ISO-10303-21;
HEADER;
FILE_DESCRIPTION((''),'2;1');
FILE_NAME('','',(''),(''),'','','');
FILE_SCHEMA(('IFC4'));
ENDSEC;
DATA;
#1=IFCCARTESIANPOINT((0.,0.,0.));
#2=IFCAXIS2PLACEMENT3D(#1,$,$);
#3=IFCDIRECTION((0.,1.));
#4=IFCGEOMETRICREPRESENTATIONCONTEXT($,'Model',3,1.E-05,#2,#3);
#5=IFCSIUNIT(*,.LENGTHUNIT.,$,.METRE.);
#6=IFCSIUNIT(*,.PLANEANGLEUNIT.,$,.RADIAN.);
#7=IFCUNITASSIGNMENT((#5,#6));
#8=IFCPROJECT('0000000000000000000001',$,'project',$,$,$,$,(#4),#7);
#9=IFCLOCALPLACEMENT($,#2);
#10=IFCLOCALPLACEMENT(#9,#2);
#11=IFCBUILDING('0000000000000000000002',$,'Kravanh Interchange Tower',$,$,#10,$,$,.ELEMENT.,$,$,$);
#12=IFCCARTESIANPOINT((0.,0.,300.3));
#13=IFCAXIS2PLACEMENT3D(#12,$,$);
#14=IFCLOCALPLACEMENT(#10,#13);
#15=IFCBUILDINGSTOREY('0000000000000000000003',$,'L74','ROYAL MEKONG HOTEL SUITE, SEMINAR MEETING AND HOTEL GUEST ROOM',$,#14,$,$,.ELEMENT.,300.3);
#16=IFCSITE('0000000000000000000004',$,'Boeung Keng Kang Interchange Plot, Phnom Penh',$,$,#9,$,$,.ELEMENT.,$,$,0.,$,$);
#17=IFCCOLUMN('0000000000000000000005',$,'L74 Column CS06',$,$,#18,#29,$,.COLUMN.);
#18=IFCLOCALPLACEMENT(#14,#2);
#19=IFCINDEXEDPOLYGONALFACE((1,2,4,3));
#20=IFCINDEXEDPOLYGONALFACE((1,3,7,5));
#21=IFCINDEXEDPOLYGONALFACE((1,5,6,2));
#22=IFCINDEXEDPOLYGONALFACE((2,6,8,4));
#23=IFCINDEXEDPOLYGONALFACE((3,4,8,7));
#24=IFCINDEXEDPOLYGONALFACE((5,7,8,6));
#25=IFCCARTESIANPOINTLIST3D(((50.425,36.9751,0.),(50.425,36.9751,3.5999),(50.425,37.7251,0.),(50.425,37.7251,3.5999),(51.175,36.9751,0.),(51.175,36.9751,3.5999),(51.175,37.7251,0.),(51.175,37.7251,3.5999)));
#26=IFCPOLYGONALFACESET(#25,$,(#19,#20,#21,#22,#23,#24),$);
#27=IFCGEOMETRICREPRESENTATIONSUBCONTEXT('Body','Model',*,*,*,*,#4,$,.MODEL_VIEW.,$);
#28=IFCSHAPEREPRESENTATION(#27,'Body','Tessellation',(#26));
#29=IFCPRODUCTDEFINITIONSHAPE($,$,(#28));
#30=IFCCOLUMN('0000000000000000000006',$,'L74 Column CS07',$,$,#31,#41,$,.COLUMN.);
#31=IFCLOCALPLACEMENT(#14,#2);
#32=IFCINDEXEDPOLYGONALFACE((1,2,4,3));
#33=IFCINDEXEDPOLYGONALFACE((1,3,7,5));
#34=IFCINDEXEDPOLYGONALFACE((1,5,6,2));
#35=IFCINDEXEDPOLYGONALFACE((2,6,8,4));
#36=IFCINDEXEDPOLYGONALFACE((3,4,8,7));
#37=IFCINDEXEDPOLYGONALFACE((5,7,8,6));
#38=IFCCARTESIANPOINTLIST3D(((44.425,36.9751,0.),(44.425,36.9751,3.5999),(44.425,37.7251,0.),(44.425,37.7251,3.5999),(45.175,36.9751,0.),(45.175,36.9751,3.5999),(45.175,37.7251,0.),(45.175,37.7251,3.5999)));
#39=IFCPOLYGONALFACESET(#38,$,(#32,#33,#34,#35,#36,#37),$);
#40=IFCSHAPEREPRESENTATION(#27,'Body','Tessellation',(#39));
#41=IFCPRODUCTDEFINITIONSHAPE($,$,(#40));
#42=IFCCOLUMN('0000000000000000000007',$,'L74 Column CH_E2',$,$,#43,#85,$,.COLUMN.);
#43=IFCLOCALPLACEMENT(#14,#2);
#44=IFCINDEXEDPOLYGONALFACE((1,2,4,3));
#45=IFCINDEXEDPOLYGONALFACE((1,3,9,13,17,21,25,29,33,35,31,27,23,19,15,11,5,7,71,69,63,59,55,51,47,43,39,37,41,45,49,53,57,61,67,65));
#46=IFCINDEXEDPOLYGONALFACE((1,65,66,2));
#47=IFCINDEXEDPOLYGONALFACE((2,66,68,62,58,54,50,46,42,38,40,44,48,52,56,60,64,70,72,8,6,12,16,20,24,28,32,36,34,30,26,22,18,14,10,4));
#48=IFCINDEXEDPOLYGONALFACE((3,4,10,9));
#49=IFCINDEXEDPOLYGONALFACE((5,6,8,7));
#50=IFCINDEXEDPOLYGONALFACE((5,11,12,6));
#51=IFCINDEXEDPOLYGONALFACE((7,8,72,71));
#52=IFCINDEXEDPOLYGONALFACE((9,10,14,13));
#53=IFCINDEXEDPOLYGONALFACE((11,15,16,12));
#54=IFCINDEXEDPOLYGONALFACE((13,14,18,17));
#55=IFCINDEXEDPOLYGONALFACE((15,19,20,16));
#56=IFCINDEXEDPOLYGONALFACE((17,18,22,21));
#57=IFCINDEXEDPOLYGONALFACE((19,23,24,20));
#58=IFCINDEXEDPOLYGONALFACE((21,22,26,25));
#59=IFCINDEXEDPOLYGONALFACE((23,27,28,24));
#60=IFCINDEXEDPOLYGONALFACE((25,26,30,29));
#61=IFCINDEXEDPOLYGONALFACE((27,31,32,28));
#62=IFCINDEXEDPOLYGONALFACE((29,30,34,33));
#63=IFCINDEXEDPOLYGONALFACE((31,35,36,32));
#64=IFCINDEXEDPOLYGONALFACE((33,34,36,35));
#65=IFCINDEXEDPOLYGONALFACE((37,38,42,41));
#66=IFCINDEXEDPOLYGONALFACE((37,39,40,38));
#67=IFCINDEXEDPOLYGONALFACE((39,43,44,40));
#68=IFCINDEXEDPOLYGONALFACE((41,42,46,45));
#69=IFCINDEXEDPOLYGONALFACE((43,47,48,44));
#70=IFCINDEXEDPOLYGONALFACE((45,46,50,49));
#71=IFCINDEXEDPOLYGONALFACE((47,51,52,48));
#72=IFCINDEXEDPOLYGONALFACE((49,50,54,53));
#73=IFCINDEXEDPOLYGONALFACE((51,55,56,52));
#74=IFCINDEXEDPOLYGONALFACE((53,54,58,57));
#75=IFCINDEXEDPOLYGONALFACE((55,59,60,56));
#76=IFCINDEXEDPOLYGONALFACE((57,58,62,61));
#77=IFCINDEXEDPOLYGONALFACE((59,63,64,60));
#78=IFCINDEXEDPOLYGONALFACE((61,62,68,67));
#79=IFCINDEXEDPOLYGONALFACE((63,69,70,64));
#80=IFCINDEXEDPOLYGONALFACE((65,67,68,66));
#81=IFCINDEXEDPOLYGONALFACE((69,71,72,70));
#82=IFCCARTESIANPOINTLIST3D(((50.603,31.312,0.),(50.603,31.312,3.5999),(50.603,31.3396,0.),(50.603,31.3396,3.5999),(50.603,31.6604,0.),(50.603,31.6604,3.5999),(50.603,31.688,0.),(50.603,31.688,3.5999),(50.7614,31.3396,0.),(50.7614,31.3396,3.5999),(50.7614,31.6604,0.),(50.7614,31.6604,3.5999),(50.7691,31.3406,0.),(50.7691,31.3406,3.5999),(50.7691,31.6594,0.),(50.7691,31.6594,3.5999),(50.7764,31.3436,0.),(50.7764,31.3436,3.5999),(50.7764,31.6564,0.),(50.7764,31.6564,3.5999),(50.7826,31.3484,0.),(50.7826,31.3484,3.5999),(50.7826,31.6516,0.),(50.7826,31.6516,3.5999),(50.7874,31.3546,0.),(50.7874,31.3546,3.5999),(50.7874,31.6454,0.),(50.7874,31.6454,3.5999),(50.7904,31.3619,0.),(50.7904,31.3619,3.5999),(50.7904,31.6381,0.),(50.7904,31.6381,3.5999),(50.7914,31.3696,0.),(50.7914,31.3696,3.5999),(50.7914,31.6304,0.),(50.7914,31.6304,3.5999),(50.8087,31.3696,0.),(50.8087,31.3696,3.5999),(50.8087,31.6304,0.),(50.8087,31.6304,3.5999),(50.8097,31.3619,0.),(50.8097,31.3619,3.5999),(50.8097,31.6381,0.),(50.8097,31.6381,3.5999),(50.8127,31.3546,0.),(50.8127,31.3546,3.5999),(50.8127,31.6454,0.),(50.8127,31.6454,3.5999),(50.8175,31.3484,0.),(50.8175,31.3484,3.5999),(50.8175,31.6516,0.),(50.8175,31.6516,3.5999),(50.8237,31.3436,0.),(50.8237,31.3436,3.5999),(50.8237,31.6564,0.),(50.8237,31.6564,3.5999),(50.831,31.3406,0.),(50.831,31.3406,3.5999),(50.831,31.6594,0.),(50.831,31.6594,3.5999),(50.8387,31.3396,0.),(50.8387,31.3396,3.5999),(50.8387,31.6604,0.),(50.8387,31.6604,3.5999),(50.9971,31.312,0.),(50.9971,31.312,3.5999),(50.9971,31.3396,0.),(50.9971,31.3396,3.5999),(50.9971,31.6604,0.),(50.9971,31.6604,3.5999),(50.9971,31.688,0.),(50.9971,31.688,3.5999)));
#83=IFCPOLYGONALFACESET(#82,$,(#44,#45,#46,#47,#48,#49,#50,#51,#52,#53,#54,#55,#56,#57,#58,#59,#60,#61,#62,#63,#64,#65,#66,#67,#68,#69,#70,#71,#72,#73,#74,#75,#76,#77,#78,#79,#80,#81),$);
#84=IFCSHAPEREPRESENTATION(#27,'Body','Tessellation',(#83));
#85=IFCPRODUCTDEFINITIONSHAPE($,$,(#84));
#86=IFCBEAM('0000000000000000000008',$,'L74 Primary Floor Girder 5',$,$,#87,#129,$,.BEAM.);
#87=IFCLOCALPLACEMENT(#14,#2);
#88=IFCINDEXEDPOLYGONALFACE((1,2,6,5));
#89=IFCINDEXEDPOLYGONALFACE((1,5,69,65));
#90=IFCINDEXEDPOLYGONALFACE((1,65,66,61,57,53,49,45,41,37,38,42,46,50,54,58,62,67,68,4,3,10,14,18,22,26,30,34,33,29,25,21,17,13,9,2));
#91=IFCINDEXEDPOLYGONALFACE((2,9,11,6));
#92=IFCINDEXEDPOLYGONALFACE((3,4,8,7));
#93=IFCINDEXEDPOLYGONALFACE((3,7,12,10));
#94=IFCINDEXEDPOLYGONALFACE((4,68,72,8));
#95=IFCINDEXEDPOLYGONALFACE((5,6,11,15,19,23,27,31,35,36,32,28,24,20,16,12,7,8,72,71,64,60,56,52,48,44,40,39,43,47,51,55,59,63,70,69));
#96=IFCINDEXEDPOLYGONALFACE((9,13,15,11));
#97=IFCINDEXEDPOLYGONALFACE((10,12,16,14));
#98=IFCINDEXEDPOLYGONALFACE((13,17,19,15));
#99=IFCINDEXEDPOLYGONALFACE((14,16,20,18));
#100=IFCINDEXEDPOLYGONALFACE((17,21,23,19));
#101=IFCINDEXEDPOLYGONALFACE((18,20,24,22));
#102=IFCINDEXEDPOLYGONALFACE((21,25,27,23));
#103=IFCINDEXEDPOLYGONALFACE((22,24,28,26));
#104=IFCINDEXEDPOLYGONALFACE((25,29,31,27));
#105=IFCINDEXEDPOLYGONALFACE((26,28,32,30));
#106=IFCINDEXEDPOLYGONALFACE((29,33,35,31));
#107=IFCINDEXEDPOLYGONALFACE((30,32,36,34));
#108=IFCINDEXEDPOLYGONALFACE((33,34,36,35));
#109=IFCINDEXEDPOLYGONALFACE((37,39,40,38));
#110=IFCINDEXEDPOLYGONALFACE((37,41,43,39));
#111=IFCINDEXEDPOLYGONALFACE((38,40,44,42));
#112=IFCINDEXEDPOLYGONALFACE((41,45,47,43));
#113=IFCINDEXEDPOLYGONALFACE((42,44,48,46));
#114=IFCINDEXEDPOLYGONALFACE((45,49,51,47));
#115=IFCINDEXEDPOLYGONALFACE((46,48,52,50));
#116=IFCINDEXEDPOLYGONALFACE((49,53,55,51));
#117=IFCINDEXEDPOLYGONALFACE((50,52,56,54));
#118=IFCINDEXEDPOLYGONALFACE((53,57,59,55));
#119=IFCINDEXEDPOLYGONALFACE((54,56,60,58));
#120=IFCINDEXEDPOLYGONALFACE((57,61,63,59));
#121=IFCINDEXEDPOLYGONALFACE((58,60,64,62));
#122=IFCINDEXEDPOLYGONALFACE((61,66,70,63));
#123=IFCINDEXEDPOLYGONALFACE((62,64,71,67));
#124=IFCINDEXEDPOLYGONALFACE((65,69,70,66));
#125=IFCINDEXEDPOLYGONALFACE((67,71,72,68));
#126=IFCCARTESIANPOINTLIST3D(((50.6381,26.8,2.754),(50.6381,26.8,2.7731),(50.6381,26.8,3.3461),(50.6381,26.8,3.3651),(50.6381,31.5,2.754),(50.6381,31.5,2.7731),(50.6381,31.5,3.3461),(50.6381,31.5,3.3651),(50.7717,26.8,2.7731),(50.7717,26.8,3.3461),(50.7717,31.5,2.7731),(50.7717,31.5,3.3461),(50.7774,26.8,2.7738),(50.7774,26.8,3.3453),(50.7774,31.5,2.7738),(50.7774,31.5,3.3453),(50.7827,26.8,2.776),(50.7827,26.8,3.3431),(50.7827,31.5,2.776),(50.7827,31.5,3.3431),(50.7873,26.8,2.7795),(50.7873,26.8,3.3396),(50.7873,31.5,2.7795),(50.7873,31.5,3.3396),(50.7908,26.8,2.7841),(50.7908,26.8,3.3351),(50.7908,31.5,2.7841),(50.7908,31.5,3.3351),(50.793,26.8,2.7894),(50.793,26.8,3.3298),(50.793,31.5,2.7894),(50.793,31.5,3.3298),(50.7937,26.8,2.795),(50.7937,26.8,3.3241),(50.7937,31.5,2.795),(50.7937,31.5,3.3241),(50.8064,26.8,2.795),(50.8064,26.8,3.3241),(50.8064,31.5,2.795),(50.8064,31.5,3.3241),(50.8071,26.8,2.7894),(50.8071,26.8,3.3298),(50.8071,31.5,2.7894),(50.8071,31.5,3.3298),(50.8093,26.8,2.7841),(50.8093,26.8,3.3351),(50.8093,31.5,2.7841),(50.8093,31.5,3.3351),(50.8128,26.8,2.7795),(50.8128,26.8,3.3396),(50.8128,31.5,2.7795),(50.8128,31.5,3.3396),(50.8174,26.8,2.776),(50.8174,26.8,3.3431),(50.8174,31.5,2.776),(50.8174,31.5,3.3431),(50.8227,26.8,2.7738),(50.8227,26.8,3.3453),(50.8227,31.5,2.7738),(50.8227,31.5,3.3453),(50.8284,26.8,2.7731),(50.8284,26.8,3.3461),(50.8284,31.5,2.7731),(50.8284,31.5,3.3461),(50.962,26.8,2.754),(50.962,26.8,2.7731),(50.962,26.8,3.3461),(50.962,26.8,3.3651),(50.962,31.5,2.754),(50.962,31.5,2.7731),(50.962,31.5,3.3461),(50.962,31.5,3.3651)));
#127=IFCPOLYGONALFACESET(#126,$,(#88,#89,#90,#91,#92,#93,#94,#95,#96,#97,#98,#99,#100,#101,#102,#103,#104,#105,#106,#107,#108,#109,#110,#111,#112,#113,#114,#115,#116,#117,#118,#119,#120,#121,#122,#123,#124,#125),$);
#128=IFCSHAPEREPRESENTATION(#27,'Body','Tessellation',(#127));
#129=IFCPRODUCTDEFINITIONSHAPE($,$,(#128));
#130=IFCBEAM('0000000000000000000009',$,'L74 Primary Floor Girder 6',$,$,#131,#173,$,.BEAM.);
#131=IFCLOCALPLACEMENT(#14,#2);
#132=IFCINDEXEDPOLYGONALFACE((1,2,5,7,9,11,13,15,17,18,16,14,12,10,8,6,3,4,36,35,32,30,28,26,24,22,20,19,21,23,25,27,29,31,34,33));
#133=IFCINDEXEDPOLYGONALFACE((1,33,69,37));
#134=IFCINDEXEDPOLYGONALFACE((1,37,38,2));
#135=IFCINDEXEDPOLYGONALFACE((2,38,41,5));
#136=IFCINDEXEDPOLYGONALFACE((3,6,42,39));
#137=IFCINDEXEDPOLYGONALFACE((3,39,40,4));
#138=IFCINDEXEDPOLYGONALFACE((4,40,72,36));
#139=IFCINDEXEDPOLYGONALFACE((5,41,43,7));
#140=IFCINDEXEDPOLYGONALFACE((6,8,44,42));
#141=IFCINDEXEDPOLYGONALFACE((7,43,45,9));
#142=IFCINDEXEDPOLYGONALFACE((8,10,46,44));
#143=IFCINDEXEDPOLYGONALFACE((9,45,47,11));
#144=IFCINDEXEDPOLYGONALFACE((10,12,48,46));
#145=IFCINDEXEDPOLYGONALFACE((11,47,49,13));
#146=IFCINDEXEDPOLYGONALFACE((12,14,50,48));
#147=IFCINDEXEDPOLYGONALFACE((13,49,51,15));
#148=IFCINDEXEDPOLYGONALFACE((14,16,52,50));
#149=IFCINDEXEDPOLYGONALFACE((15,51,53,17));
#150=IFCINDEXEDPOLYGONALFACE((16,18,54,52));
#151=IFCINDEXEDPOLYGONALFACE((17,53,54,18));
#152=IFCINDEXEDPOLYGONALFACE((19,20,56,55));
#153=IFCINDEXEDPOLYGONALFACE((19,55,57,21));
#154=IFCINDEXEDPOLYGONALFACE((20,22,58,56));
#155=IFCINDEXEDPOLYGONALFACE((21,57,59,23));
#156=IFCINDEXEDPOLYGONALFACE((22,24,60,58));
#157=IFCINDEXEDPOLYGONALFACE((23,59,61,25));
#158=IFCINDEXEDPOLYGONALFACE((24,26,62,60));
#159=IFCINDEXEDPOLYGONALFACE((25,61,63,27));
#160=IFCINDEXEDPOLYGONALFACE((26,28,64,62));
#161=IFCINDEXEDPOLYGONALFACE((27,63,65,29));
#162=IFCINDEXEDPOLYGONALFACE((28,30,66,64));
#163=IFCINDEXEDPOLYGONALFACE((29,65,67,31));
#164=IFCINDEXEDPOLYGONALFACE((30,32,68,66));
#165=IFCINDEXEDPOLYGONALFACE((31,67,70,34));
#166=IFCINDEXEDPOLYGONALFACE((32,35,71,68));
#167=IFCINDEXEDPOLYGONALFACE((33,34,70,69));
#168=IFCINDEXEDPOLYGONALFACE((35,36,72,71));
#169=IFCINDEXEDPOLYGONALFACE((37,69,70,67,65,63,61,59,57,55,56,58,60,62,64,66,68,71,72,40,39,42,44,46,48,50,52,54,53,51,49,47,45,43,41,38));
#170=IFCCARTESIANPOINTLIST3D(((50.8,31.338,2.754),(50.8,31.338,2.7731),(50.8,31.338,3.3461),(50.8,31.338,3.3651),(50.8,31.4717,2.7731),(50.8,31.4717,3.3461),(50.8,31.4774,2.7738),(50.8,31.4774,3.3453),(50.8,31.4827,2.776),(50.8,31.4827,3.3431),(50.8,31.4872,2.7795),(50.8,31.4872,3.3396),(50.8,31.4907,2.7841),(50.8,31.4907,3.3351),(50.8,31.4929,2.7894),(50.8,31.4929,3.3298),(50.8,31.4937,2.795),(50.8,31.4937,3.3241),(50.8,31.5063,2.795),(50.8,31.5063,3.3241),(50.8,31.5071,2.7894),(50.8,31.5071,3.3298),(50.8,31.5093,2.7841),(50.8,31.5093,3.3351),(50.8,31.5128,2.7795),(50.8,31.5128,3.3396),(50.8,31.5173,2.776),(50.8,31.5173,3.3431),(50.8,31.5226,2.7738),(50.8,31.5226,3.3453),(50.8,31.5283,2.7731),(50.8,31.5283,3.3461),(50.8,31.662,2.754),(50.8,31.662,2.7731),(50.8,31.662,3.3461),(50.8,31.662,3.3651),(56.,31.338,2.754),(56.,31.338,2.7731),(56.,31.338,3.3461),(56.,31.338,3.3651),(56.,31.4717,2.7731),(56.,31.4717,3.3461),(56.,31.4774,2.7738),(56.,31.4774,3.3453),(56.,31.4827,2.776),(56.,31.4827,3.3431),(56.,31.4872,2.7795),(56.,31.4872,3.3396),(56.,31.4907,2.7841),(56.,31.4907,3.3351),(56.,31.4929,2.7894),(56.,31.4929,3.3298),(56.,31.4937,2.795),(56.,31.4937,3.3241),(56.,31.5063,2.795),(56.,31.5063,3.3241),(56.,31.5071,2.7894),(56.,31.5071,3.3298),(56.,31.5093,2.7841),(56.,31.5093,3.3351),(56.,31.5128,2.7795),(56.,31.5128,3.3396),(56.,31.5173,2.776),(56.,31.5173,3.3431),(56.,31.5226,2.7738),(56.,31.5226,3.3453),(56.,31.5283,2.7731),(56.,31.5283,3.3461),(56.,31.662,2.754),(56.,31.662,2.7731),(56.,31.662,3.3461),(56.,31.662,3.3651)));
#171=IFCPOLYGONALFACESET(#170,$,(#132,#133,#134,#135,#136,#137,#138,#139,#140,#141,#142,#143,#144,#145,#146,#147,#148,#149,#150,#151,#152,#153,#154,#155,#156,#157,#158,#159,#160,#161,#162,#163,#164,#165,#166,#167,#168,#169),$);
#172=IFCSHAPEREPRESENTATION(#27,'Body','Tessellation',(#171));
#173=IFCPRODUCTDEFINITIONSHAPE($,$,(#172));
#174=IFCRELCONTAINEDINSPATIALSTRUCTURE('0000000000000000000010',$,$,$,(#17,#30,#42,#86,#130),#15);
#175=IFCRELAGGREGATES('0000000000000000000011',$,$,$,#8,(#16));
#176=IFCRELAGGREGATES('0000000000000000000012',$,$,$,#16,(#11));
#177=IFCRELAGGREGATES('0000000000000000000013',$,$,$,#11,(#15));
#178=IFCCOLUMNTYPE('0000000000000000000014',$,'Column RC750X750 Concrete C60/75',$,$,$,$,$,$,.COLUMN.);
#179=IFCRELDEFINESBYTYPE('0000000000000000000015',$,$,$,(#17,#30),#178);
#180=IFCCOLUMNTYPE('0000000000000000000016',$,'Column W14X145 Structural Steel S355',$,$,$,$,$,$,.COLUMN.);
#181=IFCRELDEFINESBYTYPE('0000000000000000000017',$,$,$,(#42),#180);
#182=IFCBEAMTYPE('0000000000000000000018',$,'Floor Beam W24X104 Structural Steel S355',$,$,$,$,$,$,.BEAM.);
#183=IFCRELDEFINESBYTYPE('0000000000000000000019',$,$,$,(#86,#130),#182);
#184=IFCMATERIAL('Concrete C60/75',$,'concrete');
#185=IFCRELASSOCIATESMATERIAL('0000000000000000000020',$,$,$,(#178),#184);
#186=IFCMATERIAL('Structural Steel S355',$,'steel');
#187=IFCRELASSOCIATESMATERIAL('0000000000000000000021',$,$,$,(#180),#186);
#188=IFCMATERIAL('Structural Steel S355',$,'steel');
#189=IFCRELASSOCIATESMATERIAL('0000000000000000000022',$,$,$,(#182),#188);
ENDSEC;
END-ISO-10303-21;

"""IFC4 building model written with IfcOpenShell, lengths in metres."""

from ifc_helpers import new_model, si_unit, direction, frame, origin, origin_2d, place, context, subcontext, project, spatial, rectangle, i_section, extrude, material, material_profile, profile_set, type_object, element, save


model = new_model("IFC4")

# Units and contexts
model_context = context("Model", 3, precision=1e-05, world=origin(), true_north=direction((0.0, 1.0)))
body_context = subcontext(model_context, "Body", "Model", "MODEL_VIEW")
ifc_project = project(units=[si_unit("LENGTHUNIT", "METRE"), si_unit("PLANEANGLEUNIT", "RADIAN")], contexts=[model_context])

# Site, building, storey
site_placement = place(None, origin())
site = spatial("IfcSite", under=ifc_project, at=site_placement, Name="Boeung Keng Kang Interchange Plot, Phnom Penh", CompositionType="ELEMENT", RefElevation=0.0)
building_placement = place(site_placement, origin())
building = spatial("IfcBuilding", under=site, at=building_placement, Name="Kravanh Interchange Tower", CompositionType="ELEMENT")
storey_placement = place(building_placement, frame((0.0, 0.0, 300.3)))
storey = spatial("IfcBuildingStorey", under=building, at=storey_placement, Name="L74", Description="ROYAL MEKONG HOTEL SUITE, SEMINAR MEETING AND HOTEL GUEST ROOM", CompositionType="ELEMENT", Elevation=300.3)

# Columns
ifc_material_1 = material(Name="Concrete C60/75", Category="concrete")
ifc_material_profile_1 = material_profile(ifc_material_1, rectangle(XDim=0.75, YDim=0.75, at=origin_2d()), Name="RC750X750")
ifc_profile_set_1 = profile_set([ifc_material_profile_1], Name="Concrete C60/75")
column_type_1 = type_object("IfcColumnType", Name="Column RC750X750 Concrete C60/75", PredefinedType="COLUMN", material=ifc_profile_set_1)
for number, where, z_axis, x_axis, name in (
    (1, (50.8, 37.3501, 0.0), (0.0, 0.0, 1.0), (1.0, 0.0, 0.0), "L74 Column CS06"),
    (2, (44.8, 37.3501, 0.0), (0.0, 0.0, 1.0), (1.0, 0.0, 0.0), "L74 Column CS07"),
):
    element("IfcColumn", number, at=place(storey_placement, frame(where, z_axis=z_axis, x_axis=x_axis)), inside=storey, type_object=column_type_1, Name=name, PredefinedType="COLUMN", context=body_context, shape_type="SweptSolid", body=[
        extrude(rectangle(XDim=0.75, YDim=0.75, at=origin_2d()), origin(), (0.0, 0.0, 1.0), 3.5999),
    ])
ifc_material_2 = material(Name="Structural Steel S355", Category="steel")
ifc_material_profile_2 = material_profile(ifc_material_2, i_section(OverallWidth=0.394, OverallDepth=0.376, WebThickness=0.0173, FlangeThickness=0.0276, FilletRadius=0.03, at=origin_2d()), Name="W14X145")
ifc_profile_set_2 = profile_set([ifc_material_profile_2], Name="Structural Steel S355")
column_type_2 = type_object("IfcColumnType", Name="Column W14X145 Structural Steel S355", PredefinedType="COLUMN", material=ifc_profile_set_2)
column_placement = place(storey_placement, frame((50.8, 31.5, 0.0), z_axis=(0.0, 0.0, 1.0), x_axis=(1.0, 0.0, 0.0)))
element("IfcColumn", 3, at=column_placement, inside=storey, type_object=column_type_2, Name="L74 Column CH_E2", PredefinedType="COLUMN", context=body_context, shape_type="SweptSolid", body=[
    extrude(i_section(OverallWidth=0.394, OverallDepth=0.376, WebThickness=0.0173, FlangeThickness=0.0276, FilletRadius=0.03, at=origin_2d()), origin(), (0.0, 0.0, 1.0), 3.5999),
])

# Beams
ifc_material_3 = material(Name="Structural Steel S355", Category="steel")
ifc_material_profile_3 = material_profile(ifc_material_3, i_section(OverallWidth=0.324, OverallDepth=0.6111, WebThickness=0.0127, FlangeThickness=0.019, FilletRadius=0.022, at=origin_2d()), Name="W24X104")
ifc_profile_set_3 = profile_set([ifc_material_profile_3], Name="Structural Steel S355")
beam_type_1 = type_object("IfcBeamType", Name="Floor Beam W24X104 Structural Steel S355", PredefinedType="BEAM", material=ifc_profile_set_3)
beam_1_placement = place(storey_placement, frame((50.8, 31.5, 3.0596), z_axis=(0.0, -1.0, 0.0), x_axis=(1.0, 0.0, 0.0)))
element("IfcBeam", 4, at=beam_1_placement, inside=storey, type_object=beam_type_1, Name="L74 Primary Floor Girder 5", PredefinedType="BEAM", context=body_context, shape_type="SweptSolid", body=[
    extrude(i_section(OverallWidth=0.324, OverallDepth=0.6111, WebThickness=0.0127, FlangeThickness=0.019, FilletRadius=0.022, at=origin_2d()), origin(), (0.0, 0.0, 1.0), 4.7),
])
beam_2_placement = place(storey_placement, frame((50.8, 31.5, 3.0596), z_axis=(1.0, 0.0, 0.0), x_axis=(0.0, 1.0, 0.0)))
element("IfcBeam", 5, at=beam_2_placement, inside=storey, type_object=beam_type_1, Name="L74 Primary Floor Girder 6", PredefinedType="BEAM", context=body_context, shape_type="SweptSolid", body=[
    extrude(i_section(OverallWidth=0.324, OverallDepth=0.6111, WebThickness=0.0127, FlangeThickness=0.019, FilletRadius=0.022, at=origin_2d()), origin(), (0.0, 0.0, 1.0), 5.2),
])

save(model, "model.ifc")
